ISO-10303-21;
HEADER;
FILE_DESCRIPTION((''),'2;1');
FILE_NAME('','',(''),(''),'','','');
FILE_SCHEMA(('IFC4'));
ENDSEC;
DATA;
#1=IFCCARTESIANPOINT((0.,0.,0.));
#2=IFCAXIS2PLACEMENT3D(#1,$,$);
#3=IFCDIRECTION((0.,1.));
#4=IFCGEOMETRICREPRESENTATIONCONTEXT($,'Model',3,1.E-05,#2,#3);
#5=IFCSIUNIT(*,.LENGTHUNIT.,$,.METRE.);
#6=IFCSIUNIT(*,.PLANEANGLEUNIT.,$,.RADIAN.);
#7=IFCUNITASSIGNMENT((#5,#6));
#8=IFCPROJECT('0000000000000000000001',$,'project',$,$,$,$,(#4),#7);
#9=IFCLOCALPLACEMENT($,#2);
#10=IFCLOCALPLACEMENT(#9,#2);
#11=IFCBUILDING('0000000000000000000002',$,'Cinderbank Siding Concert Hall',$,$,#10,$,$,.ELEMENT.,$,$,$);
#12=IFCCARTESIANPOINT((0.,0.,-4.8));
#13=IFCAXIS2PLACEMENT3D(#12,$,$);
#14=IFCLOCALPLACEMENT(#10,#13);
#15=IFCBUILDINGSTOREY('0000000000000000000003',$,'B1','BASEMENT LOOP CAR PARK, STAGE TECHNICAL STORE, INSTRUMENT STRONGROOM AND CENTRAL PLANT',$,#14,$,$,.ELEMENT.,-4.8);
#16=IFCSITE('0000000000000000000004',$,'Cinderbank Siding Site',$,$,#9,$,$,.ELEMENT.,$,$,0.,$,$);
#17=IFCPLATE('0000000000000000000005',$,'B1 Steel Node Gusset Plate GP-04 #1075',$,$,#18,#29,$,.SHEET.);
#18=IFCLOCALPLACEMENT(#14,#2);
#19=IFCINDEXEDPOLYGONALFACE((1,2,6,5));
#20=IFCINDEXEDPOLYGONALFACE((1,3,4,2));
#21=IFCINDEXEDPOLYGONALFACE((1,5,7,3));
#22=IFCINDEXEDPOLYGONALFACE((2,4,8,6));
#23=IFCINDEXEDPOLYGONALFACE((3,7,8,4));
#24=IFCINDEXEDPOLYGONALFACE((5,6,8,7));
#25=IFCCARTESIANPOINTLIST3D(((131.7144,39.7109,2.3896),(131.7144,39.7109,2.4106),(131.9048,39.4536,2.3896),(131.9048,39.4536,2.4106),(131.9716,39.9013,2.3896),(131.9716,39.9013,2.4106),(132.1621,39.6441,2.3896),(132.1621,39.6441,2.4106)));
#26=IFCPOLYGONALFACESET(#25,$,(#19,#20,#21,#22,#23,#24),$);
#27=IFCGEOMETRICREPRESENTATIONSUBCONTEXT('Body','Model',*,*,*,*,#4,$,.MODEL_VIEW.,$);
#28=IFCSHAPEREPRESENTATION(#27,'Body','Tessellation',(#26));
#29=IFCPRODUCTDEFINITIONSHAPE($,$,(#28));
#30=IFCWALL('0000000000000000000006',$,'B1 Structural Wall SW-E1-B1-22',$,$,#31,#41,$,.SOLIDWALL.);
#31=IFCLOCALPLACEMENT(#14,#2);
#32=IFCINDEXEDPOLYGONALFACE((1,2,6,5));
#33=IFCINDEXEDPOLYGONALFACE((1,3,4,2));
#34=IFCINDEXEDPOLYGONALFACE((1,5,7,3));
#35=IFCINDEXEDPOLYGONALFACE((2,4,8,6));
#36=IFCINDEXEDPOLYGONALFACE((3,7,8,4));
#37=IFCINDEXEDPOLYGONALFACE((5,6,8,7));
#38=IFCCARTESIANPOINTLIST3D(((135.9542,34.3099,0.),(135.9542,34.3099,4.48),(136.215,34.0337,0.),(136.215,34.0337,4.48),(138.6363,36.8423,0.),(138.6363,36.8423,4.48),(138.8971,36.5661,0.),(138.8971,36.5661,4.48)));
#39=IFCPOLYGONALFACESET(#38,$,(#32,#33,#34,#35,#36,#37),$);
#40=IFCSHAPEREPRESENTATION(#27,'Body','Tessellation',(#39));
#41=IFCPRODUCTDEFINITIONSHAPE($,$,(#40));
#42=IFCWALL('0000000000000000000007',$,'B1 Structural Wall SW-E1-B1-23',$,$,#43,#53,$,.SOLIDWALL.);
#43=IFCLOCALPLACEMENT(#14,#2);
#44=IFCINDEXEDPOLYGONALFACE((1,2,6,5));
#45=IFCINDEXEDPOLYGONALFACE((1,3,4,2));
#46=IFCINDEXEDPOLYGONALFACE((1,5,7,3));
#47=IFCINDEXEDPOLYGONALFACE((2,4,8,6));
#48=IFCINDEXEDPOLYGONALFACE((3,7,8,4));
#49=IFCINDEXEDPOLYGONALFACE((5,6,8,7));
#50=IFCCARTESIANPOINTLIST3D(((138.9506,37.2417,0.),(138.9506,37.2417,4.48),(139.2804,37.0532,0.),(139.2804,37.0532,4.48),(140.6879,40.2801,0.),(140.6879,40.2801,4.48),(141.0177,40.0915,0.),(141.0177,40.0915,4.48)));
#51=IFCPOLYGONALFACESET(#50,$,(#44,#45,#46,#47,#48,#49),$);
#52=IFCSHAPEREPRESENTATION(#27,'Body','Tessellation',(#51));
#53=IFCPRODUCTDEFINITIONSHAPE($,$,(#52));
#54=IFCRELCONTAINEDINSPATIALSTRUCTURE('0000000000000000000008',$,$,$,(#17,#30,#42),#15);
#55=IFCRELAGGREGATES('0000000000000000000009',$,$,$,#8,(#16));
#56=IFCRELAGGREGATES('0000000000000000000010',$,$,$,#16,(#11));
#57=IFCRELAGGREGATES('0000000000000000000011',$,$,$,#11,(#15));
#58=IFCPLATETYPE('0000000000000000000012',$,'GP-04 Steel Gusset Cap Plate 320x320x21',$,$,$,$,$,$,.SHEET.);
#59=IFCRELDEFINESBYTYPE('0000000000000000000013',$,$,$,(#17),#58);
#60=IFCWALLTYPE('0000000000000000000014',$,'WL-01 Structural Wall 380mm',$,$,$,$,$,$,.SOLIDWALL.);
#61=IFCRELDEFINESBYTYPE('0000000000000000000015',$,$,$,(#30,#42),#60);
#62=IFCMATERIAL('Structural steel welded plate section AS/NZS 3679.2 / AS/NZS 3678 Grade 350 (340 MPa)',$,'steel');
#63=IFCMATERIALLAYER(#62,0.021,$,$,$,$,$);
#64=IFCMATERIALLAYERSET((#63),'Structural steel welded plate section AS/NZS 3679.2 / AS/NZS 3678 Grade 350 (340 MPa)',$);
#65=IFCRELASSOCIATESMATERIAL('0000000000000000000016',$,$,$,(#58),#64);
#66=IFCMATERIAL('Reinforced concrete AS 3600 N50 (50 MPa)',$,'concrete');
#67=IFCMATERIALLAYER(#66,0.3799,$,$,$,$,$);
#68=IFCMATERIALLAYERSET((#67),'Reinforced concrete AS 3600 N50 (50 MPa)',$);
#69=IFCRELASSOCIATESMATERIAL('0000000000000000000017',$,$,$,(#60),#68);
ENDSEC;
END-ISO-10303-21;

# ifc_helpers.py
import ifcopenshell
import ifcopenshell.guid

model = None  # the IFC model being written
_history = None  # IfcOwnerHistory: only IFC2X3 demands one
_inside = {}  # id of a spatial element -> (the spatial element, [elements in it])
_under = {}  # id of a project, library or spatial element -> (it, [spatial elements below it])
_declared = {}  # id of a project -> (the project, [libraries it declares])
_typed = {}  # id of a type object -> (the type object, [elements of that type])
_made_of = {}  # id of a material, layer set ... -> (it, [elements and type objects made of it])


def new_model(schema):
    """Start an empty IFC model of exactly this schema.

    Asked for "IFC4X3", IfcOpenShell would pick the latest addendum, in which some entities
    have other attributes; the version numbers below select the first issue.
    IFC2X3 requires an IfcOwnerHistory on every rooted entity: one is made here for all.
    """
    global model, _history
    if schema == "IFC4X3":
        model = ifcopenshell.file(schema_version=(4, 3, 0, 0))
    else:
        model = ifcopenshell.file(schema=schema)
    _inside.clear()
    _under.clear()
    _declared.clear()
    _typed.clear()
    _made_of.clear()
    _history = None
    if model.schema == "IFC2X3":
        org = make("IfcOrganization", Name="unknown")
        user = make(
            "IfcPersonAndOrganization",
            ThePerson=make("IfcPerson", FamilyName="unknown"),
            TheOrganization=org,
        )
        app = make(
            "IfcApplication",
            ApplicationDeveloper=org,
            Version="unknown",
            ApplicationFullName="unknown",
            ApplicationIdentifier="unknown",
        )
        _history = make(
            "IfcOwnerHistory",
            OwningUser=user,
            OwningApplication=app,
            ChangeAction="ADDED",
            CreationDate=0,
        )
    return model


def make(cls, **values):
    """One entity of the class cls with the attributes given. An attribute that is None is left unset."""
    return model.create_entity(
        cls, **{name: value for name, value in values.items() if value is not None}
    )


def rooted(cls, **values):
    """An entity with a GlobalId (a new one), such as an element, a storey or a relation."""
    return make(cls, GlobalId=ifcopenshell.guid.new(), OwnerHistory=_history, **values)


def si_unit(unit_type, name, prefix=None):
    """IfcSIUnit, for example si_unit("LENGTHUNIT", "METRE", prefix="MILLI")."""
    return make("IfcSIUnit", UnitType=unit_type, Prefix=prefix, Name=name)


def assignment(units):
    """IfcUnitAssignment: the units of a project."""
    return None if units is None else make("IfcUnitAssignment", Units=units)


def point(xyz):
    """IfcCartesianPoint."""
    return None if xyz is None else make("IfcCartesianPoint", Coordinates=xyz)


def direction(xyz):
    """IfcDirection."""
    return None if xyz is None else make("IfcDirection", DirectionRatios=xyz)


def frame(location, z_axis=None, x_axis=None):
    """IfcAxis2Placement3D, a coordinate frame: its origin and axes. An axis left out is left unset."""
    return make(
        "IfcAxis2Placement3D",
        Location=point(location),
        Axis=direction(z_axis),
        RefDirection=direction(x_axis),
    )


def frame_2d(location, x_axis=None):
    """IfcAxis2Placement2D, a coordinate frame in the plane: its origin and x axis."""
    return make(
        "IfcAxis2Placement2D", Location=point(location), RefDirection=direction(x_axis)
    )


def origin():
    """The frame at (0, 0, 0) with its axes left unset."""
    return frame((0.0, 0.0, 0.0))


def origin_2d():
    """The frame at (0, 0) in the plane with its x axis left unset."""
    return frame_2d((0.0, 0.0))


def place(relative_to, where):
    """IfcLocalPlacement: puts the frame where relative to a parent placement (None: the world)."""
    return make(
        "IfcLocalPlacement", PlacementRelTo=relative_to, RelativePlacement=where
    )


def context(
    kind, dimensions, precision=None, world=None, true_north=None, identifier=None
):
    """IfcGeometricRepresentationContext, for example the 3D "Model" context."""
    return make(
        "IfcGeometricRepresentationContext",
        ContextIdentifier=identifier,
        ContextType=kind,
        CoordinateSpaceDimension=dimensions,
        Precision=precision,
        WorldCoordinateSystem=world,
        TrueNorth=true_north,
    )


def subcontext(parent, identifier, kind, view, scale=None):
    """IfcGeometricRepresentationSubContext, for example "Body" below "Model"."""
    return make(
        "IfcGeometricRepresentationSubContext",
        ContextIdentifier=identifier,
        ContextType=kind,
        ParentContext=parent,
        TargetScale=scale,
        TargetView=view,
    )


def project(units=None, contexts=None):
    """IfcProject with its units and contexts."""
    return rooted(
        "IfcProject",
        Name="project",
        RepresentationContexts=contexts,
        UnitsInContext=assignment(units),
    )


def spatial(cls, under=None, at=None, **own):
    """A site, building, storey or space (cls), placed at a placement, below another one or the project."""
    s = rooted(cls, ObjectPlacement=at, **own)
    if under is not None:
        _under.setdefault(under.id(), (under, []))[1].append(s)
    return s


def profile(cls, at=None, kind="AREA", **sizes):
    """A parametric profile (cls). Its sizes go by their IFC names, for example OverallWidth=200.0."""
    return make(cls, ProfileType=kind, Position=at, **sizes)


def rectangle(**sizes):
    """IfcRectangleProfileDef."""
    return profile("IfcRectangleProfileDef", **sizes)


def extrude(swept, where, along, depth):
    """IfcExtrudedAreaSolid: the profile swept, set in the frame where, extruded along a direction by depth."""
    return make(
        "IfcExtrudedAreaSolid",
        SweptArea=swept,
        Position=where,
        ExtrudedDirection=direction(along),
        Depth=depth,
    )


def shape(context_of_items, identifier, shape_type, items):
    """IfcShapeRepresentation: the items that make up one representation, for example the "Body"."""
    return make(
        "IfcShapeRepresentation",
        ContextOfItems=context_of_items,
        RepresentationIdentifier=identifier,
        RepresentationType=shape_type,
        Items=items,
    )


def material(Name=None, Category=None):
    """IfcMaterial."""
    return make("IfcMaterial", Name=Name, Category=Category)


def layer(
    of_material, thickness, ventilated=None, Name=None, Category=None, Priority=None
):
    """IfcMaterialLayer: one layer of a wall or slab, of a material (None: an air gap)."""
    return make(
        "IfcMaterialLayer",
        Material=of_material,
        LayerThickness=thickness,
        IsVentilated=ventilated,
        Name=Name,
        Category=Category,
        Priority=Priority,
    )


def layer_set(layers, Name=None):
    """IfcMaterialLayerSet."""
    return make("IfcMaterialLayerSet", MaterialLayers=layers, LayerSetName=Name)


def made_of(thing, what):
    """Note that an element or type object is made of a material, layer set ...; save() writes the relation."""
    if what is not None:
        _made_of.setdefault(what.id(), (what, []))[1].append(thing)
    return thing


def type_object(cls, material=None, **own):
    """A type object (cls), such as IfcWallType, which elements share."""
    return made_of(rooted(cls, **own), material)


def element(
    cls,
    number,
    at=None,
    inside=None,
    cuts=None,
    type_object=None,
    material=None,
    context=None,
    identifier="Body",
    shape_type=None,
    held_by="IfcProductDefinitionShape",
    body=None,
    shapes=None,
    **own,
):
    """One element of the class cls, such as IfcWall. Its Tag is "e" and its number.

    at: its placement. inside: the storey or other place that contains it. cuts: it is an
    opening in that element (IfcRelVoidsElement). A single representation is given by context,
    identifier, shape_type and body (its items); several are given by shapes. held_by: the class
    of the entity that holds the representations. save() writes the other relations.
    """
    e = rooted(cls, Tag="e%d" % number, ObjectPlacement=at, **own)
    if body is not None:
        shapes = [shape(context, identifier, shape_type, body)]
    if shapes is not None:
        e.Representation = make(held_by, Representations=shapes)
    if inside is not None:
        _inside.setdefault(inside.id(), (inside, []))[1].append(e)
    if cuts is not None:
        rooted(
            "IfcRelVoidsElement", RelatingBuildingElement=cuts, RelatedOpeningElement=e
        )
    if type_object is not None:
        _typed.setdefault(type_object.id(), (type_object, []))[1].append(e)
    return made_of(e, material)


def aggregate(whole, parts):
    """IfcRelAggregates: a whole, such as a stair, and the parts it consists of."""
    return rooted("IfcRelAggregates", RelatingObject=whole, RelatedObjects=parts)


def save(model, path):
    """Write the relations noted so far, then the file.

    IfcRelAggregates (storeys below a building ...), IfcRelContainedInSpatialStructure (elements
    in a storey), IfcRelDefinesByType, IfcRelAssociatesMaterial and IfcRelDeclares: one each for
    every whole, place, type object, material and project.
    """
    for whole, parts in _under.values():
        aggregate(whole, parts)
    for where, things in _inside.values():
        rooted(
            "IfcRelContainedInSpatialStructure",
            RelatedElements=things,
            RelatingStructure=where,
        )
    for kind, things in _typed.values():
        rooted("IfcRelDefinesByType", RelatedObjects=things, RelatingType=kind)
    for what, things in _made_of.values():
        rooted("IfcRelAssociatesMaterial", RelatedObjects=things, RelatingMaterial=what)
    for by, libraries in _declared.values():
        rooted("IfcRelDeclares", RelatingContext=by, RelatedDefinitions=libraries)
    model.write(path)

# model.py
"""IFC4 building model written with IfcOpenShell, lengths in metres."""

from ifc_helpers import new_model, si_unit, direction, frame, frame_2d, origin, origin_2d, place, context, subcontext, project, spatial, rectangle, extrude, material, layer, layer_set, type_object, element, save


model = new_model("IFC4")

# Units and contexts
model_context = context("Model", 3, precision=1e-05, world=origin(), true_north=direction((0.0, 1.0)))
body_context = subcontext(model_context, "Body", "Model", "MODEL_VIEW")
ifc_project = project(units=[si_unit("LENGTHUNIT", "METRE"), si_unit("PLANEANGLEUNIT", "RADIAN")], contexts=[model_context])

# Site, building, storey
site_placement = place(None, origin())
site = spatial("IfcSite", under=ifc_project, at=site_placement, Name="Cinderbank Siding Site", CompositionType="ELEMENT", RefElevation=0.0)
building_placement = place(site_placement, origin())
building = spatial("IfcBuilding", under=site, at=building_placement, Name="Cinderbank Siding Concert Hall", CompositionType="ELEMENT")
storey_placement = place(building_placement, frame((0.0, 0.0, -4.8)))
storey = spatial("IfcBuildingStorey", under=building, at=storey_placement, Name="B1", Description="BASEMENT LOOP CAR PARK, STAGE TECHNICAL STORE, INSTRUMENT STRONGROOM AND CENTRAL PLANT", CompositionType="ELEMENT", Elevation=-4.8)

# Shared definitions
ifc_material_1 = material(Name="Reinforced concrete AS 3600 N50 (50 MPa)", Category="concrete")
ifc_material_2 = material(Name="Structural steel welded plate section AS/NZS 3679.2 / AS/NZS 3678 Grade 350 (340 MPa)", Category="steel")

# Plate
ifc_layer_1 = layer(ifc_material_2, 0.021)
ifc_layer_set_1 = layer_set([ifc_layer_1], Name="Structural steel welded plate section AS/NZS 3679.2 / AS/NZS 3678 Grade 350 (340 MPa)")
plate_type_1 = type_object("IfcPlateType", Name="GP-04 Steel Gusset Cap Plate 320x320x21", PredefinedType="SHEET", material=ifc_layer_set_1)
plate_1_placement = place(storey_placement, frame((131.9382, 39.6775, 2.3896), z_axis=(0.0, 0.0, 1.0), x_axis=(-0.803753, -0.594963, 0.0)))
element("IfcPlate", 1, at=plate_1_placement, inside=storey, type_object=plate_type_1, Name="B1 Steel Node Gusset Plate GP-04 #1075", PredefinedType="SHEET", context=body_context, shape_type="SweptSolid", body=[
    extrude(rectangle(XDim=0.3201, YDim=0.3201, at=origin_2d()), origin(), (0.0, 0.0, 1.0), 0.021),
])

# Walls
ifc_layer_2 = layer(ifc_material_1, 0.3799)
ifc_layer_set_2 = layer_set([ifc_layer_2], Name="Reinforced concrete AS 3600 N50 (50 MPa)")
wall_type = type_object("IfcWallType", Name="WL-01 Structural Wall 380mm", PredefinedType="SOLIDWALL", material=ifc_layer_set_2)
wall_1_placement = place(storey_placement, frame((136.0847, 34.1719, 0.0), z_axis=(0.0, 0.0, 1.0), x_axis=(0.727101, 0.68653, 0.0)))
element("IfcWall", 2, at=wall_1_placement, inside=storey, type_object=wall_type, Name="B1 Structural Wall SW-E1-B1-22", PredefinedType="SOLIDWALL", context=body_context, shape_type="SweptSolid", body=[
    extrude(rectangle(XDim=3.6887, YDim=0.3799, at=frame_2d((1.8442, 0.0))), origin(), (0.0, 0.0, 1.0), 4.48),
])
wall_2_placement = place(storey_placement, frame((139.1155, 37.1475, 0.0), z_axis=(0.0, 0.0, 1.0), x_axis=(0.496379, 0.868106, 0.0)))
element("IfcWall", 3, at=wall_2_placement, inside=storey, type_object=wall_type, Name="B1 Structural Wall SW-E1-B1-23", PredefinedType="SOLIDWALL", context=body_context, shape_type="SweptSolid", body=[
    extrude(rectangle(XDim=3.5, YDim=0.3799, at=frame_2d((1.75, 0.0))), origin(), (0.0, 0.0, 1.0), 4.48),
])

save(model, "model.ifc")
